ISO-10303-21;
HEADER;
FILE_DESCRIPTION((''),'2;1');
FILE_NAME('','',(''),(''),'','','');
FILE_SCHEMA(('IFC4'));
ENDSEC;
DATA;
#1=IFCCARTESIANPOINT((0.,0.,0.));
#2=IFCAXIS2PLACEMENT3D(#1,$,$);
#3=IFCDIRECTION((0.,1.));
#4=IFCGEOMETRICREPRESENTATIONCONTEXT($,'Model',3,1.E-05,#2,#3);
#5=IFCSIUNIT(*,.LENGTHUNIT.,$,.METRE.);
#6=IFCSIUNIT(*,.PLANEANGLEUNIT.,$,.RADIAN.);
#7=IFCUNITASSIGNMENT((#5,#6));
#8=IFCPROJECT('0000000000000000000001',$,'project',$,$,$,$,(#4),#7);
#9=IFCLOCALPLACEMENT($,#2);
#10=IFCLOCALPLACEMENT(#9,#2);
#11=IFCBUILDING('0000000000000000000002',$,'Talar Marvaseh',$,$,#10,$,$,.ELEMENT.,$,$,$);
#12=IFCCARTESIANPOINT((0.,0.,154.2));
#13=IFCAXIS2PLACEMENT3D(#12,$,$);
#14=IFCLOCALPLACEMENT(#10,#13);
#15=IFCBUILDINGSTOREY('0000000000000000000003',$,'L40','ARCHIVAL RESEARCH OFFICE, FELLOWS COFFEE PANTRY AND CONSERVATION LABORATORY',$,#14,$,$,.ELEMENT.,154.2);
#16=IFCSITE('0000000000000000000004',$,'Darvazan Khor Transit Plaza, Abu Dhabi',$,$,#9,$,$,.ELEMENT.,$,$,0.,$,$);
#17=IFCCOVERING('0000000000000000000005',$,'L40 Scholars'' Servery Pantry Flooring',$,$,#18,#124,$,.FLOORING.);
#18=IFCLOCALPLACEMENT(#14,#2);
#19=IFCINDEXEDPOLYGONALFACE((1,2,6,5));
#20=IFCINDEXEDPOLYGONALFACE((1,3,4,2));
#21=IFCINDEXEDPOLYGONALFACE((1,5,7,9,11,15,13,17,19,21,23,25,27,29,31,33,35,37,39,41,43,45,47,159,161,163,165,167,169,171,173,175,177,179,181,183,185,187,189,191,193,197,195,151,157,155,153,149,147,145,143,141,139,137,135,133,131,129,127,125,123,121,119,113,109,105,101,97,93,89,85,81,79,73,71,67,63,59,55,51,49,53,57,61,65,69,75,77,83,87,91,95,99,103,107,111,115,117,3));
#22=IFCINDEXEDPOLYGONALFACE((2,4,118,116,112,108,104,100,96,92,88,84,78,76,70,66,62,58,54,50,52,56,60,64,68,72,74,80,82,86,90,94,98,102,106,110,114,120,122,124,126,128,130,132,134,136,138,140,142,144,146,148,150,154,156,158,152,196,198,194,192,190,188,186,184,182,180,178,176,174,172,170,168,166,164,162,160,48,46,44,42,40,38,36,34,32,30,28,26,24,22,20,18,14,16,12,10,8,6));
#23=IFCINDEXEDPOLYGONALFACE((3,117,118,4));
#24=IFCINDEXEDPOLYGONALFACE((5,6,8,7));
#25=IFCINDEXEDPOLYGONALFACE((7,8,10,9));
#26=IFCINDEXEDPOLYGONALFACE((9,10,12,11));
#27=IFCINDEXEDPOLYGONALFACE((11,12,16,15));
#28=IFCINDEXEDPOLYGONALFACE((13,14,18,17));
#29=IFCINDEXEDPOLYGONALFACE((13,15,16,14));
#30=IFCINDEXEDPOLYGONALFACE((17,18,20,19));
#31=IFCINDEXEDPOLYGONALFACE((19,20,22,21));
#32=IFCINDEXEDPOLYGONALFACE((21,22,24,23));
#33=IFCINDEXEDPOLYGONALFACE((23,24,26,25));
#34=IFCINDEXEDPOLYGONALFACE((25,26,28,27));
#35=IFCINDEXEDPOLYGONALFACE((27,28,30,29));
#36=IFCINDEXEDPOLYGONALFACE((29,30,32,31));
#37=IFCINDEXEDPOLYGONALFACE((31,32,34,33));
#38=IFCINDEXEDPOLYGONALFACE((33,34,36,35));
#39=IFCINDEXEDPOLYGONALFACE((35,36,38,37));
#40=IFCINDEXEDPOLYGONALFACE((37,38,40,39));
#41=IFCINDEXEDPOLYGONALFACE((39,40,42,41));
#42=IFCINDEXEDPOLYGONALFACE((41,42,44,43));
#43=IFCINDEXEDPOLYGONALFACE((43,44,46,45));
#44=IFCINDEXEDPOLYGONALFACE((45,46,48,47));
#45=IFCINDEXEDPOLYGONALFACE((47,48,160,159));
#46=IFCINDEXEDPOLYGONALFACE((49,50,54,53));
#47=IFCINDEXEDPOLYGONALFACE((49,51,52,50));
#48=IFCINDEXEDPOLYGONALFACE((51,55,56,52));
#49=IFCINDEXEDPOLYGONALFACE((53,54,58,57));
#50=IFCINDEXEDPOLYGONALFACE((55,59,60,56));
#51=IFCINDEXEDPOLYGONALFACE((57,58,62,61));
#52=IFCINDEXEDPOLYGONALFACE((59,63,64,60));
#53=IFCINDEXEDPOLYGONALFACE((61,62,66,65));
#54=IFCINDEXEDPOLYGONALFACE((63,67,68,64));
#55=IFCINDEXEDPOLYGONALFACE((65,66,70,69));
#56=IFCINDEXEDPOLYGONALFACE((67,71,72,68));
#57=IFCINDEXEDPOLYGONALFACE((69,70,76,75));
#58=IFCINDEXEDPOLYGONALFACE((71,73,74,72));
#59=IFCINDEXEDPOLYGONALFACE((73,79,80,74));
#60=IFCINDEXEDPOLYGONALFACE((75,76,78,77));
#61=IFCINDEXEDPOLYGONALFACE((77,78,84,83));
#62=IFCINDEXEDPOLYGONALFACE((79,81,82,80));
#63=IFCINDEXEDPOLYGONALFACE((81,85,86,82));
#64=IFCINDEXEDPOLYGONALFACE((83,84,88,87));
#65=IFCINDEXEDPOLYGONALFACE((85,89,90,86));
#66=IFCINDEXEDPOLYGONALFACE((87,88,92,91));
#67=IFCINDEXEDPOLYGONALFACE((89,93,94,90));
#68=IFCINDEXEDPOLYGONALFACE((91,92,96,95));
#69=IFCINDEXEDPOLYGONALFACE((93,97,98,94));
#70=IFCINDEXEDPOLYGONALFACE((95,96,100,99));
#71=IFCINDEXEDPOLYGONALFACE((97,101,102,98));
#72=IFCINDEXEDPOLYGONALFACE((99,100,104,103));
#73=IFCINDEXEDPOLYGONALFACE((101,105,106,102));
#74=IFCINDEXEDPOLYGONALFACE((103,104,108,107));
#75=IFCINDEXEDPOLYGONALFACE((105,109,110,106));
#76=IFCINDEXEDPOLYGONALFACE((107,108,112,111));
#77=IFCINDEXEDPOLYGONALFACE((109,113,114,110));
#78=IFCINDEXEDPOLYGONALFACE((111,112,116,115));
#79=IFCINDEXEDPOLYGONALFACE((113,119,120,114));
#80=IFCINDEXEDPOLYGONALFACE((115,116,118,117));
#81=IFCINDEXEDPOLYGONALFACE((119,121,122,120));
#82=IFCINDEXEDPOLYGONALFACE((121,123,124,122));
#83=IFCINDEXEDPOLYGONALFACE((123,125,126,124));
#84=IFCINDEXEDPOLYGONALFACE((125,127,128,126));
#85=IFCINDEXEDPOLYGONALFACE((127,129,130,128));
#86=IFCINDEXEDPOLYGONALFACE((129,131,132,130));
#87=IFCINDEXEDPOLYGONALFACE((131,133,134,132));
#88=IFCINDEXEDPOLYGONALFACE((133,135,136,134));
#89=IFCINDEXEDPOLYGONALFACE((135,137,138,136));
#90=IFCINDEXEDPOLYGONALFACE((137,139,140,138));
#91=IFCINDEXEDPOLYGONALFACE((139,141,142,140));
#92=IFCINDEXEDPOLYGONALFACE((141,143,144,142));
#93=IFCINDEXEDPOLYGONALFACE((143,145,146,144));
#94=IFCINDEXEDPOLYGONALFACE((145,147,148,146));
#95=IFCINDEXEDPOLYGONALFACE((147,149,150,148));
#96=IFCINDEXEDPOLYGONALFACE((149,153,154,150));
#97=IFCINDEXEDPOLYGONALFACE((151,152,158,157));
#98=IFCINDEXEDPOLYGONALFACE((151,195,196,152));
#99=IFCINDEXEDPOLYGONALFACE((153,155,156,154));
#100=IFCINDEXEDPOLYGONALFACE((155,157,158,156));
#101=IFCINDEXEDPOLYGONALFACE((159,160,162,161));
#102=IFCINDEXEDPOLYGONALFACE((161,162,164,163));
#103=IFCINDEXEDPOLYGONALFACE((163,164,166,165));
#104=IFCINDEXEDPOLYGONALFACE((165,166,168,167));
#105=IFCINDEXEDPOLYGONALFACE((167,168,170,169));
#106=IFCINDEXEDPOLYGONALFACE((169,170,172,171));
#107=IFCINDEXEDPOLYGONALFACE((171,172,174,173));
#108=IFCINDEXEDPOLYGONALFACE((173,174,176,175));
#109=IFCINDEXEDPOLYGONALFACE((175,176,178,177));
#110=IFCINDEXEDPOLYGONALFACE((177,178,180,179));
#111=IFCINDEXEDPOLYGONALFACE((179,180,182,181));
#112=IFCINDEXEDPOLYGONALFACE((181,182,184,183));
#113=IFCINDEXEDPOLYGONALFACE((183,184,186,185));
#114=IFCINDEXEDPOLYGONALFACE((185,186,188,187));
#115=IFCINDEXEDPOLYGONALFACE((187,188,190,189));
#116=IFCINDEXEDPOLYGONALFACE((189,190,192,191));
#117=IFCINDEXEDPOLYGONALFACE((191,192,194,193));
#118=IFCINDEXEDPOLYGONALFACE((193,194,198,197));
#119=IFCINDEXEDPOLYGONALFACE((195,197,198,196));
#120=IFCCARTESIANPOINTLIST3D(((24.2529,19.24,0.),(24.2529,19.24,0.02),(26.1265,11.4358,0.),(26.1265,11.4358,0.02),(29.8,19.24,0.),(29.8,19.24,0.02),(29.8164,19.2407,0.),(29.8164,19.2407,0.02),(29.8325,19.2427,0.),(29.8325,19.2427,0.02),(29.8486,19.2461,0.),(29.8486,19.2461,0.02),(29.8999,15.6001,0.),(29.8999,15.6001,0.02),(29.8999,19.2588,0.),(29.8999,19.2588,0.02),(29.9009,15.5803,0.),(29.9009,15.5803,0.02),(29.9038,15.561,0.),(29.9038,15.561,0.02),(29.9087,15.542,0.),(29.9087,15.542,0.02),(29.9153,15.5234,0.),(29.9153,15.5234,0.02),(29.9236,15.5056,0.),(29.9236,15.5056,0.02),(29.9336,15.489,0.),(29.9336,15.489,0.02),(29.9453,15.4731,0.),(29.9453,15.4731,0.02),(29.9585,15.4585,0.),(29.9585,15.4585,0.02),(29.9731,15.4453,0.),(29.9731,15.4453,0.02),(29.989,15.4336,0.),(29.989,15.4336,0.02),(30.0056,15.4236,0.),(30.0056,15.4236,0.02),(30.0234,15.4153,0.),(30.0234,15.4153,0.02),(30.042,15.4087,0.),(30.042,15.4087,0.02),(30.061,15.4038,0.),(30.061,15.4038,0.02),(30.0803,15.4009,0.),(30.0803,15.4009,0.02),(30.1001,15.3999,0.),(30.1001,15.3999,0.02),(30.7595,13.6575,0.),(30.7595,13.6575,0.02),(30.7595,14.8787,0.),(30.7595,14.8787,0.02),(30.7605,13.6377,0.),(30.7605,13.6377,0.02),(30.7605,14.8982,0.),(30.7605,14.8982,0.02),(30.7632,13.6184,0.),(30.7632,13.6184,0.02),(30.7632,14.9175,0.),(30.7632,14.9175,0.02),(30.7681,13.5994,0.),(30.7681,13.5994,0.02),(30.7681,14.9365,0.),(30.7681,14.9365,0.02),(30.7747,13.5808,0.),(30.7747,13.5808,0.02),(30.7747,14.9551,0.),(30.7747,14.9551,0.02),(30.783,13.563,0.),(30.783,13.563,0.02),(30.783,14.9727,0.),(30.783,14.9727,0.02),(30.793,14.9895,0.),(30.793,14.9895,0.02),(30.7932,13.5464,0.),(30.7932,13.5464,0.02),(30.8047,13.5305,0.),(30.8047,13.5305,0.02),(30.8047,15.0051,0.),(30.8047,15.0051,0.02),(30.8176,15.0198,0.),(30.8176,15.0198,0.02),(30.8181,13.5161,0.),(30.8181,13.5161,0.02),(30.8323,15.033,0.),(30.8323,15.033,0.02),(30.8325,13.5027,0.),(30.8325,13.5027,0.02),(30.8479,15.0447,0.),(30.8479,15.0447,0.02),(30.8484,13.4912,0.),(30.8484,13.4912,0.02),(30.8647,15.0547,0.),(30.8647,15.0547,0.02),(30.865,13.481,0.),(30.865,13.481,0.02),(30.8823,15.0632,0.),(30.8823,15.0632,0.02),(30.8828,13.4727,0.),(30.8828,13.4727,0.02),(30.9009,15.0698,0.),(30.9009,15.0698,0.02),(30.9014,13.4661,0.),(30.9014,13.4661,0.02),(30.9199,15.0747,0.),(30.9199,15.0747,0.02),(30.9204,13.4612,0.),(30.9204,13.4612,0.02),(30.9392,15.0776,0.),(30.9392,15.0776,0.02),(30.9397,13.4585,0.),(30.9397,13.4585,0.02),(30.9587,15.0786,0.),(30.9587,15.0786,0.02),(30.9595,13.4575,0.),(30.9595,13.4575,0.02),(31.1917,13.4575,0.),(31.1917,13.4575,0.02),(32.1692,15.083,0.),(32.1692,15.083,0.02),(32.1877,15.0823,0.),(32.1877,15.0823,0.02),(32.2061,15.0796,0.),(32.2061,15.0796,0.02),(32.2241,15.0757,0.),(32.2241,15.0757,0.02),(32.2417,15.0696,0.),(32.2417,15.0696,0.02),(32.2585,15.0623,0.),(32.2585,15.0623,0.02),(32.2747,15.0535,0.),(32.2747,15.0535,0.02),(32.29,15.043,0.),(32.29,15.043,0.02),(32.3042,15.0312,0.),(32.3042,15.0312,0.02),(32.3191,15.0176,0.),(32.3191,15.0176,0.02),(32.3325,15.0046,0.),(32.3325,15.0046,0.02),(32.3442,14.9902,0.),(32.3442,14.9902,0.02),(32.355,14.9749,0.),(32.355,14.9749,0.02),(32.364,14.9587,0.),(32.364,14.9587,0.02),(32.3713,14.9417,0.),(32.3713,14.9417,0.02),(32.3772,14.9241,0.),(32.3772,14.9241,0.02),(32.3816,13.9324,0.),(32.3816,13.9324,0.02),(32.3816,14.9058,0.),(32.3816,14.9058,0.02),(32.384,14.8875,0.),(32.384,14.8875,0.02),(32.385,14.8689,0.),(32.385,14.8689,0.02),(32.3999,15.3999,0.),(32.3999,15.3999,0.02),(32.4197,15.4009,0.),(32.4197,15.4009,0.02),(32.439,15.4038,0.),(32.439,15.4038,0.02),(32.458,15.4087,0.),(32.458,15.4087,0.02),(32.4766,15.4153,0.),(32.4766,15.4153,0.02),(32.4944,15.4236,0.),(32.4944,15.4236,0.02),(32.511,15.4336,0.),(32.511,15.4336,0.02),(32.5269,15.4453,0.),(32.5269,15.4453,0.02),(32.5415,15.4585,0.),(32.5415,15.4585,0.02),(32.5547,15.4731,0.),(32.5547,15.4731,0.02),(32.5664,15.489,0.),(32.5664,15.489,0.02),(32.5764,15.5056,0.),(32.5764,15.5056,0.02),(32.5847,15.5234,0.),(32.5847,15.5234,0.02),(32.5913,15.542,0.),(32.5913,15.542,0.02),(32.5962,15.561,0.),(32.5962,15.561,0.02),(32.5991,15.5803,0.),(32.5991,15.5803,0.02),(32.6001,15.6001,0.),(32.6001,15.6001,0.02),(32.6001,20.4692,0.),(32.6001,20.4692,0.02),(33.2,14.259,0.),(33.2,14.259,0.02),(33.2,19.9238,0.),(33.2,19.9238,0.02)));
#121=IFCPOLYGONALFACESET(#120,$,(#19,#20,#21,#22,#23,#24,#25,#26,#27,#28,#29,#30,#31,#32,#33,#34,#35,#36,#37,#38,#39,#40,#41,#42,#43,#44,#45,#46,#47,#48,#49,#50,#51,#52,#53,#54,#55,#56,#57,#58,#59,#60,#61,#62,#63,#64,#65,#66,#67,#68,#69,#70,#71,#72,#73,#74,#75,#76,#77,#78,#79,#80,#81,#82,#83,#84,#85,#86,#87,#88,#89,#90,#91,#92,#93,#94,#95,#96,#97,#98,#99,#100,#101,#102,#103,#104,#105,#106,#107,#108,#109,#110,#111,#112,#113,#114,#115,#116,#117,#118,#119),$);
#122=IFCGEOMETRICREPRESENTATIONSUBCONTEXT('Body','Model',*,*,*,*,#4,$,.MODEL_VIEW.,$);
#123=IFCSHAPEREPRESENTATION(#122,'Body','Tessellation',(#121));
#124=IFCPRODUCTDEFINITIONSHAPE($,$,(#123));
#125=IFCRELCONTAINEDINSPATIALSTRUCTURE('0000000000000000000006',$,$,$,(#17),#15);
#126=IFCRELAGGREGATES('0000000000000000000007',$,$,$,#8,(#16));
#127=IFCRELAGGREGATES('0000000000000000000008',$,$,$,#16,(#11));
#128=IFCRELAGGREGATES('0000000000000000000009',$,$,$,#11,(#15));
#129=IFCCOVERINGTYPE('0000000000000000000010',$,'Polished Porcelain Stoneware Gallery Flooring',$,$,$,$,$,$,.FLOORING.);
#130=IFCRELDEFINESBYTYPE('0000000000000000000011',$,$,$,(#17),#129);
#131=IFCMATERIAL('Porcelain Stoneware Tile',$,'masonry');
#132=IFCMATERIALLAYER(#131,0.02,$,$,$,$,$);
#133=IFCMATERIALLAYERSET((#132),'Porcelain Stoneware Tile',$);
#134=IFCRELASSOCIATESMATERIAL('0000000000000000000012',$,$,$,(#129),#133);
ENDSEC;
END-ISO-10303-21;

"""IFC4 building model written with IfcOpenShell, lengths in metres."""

from ifc_helpers import new_model, si_unit, direction, frame, origin, place, context, subcontext, project, spatial, polyline, outline, extrude, material, layer, layer_set, type_object, element, save


model = new_model("IFC4")

# Units and contexts
model_context = context("Model", 3, precision=1e-05, world=origin(), true_north=direction((0.0, 1.0)))
body_context = subcontext(model_context, "Body", "Model", "MODEL_VIEW")
ifc_project = project(units=[si_unit("LENGTHUNIT", "METRE"), si_unit("PLANEANGLEUNIT", "RADIAN")], contexts=[model_context])

# Site, building, storey
site_placement = place(None, origin())
site = spatial("IfcSite", under=ifc_project, at=site_placement, Name="Darvazan Khor Transit Plaza, Abu Dhabi", CompositionType="ELEMENT", RefElevation=0.0)
building_placement = place(site_placement, origin())
building = spatial("IfcBuilding", under=site, at=building_placement, Name="Talar Marvaseh", CompositionType="ELEMENT")
storey_placement = place(building_placement, frame((0.0, 0.0, 154.2)))
storey = spatial("IfcBuildingStorey", under=building, at=storey_placement, Name="L40", Description="ARCHIVAL RESEARCH OFFICE, FELLOWS COFFEE PANTRY AND CONSERVATION LABORATORY", CompositionType="ELEMENT", Elevation=154.2)

# Covering
ifc_material_1 = material(Name="Porcelain Stoneware Tile", Category="masonry")
ifc_layer_1 = layer(ifc_material_1, 0.02)
ifc_layer_set_1 = layer_set([ifc_layer_1], Name="Porcelain Stoneware Tile")
covering_type_1 = type_object("IfcCoveringType", Name="Polished Porcelain Stoneware Gallery Flooring", PredefinedType="FLOORING", material=ifc_layer_set_1)
covering_1_placement = place(storey_placement, origin())
element("IfcCovering", 1, at=covering_1_placement, inside=storey, type_object=covering_type_1, Name="L40 Scholars' Servery Pantry Flooring", PredefinedType="FLOORING", context=body_context, shape_type="SweptSolid", body=[
    extrude(outline(polyline([(29.8, 19.24), (29.8164, 19.2407), (29.8325, 19.2427), (29.8486, 19.2461), (29.8999, 19.2588), (29.8999, 15.6001), (29.9009, 15.5803), (29.9038, 15.561), (29.9087, 15.542), (29.9153, 15.5234), (29.9236, 15.5056), (29.9336, 15.489), (29.9453, 15.4731), (29.9585, 15.4585), (29.9731, 15.4453), (29.989, 15.4336), (30.0056, 15.4236), (30.0234, 15.4153), (30.042, 15.4087), (30.061, 15.4038), (30.0803, 15.4009), (30.1001, 15.3999), (32.3999, 15.3999), (32.4197, 15.4009), (32.439, 15.4038), (32.458, 15.4087), (32.4766, 15.4153), (32.4944, 15.4236), (32.511, 15.4336), (32.5269, 15.4453), (32.5415, 15.4585), (32.5547, 15.4731), (32.5664, 15.489), (32.5764, 15.5056), (32.5847, 15.5234), (32.5913, 15.542), (32.5962, 15.561), (32.5991, 15.5803), (32.6001, 15.6001), (32.6001, 20.4692), (33.2, 19.9238), (33.2, 14.259), (32.3816, 13.9324), (32.385, 14.8689), (32.384, 14.8875), (32.3816, 14.9058), (32.3772, 14.9241), (32.3713, 14.9417), (32.364, 14.9587), (32.355, 14.9749), (32.3442, 14.9902), (32.3325, 15.0046), (32.3191, 15.0176), (32.3042, 15.0312), (32.29, 15.043), (32.2747, 15.0535), (32.2585, 15.0623), (32.2417, 15.0696), (32.2241, 15.0757), (32.2061, 15.0796), (32.1877, 15.0823), (32.1692, 15.083), (30.9587, 15.0786), (30.9392, 15.0776), (30.9199, 15.0747), (30.9009, 15.0698), (30.8823, 15.0632), (30.8647, 15.0547), (30.8479, 15.0447), (30.8323, 15.033), (30.8176, 15.0198), (30.8047, 15.0051), (30.793, 14.9895), (30.783, 14.9727), (30.7747, 14.9551), (30.7681, 14.9365), (30.7632, 14.9175), (30.7605, 14.8982), (30.7595, 14.8787), (30.7595, 13.6575), (30.7605, 13.6377), (30.7632, 13.6184), (30.7681, 13.5994), (30.7747, 13.5808), (30.783, 13.563), (30.7932, 13.5464), (30.8047, 13.5305), (30.8181, 13.5161), (30.8325, 13.5027), (30.8484, 13.4912), (30.865, 13.481), (30.8828, 13.4727), (30.9014, 13.4661), (30.9204, 13.4612), (30.9397, 13.4585), (30.9595, 13.4575), (31.1917, 13.4575), (26.1265, 11.4358), (24.2529, 19.24), (29.8, 19.24)])), origin(), (0.0, 0.0, 1.0), 0.02),
])

save(model, "model.ifc")
